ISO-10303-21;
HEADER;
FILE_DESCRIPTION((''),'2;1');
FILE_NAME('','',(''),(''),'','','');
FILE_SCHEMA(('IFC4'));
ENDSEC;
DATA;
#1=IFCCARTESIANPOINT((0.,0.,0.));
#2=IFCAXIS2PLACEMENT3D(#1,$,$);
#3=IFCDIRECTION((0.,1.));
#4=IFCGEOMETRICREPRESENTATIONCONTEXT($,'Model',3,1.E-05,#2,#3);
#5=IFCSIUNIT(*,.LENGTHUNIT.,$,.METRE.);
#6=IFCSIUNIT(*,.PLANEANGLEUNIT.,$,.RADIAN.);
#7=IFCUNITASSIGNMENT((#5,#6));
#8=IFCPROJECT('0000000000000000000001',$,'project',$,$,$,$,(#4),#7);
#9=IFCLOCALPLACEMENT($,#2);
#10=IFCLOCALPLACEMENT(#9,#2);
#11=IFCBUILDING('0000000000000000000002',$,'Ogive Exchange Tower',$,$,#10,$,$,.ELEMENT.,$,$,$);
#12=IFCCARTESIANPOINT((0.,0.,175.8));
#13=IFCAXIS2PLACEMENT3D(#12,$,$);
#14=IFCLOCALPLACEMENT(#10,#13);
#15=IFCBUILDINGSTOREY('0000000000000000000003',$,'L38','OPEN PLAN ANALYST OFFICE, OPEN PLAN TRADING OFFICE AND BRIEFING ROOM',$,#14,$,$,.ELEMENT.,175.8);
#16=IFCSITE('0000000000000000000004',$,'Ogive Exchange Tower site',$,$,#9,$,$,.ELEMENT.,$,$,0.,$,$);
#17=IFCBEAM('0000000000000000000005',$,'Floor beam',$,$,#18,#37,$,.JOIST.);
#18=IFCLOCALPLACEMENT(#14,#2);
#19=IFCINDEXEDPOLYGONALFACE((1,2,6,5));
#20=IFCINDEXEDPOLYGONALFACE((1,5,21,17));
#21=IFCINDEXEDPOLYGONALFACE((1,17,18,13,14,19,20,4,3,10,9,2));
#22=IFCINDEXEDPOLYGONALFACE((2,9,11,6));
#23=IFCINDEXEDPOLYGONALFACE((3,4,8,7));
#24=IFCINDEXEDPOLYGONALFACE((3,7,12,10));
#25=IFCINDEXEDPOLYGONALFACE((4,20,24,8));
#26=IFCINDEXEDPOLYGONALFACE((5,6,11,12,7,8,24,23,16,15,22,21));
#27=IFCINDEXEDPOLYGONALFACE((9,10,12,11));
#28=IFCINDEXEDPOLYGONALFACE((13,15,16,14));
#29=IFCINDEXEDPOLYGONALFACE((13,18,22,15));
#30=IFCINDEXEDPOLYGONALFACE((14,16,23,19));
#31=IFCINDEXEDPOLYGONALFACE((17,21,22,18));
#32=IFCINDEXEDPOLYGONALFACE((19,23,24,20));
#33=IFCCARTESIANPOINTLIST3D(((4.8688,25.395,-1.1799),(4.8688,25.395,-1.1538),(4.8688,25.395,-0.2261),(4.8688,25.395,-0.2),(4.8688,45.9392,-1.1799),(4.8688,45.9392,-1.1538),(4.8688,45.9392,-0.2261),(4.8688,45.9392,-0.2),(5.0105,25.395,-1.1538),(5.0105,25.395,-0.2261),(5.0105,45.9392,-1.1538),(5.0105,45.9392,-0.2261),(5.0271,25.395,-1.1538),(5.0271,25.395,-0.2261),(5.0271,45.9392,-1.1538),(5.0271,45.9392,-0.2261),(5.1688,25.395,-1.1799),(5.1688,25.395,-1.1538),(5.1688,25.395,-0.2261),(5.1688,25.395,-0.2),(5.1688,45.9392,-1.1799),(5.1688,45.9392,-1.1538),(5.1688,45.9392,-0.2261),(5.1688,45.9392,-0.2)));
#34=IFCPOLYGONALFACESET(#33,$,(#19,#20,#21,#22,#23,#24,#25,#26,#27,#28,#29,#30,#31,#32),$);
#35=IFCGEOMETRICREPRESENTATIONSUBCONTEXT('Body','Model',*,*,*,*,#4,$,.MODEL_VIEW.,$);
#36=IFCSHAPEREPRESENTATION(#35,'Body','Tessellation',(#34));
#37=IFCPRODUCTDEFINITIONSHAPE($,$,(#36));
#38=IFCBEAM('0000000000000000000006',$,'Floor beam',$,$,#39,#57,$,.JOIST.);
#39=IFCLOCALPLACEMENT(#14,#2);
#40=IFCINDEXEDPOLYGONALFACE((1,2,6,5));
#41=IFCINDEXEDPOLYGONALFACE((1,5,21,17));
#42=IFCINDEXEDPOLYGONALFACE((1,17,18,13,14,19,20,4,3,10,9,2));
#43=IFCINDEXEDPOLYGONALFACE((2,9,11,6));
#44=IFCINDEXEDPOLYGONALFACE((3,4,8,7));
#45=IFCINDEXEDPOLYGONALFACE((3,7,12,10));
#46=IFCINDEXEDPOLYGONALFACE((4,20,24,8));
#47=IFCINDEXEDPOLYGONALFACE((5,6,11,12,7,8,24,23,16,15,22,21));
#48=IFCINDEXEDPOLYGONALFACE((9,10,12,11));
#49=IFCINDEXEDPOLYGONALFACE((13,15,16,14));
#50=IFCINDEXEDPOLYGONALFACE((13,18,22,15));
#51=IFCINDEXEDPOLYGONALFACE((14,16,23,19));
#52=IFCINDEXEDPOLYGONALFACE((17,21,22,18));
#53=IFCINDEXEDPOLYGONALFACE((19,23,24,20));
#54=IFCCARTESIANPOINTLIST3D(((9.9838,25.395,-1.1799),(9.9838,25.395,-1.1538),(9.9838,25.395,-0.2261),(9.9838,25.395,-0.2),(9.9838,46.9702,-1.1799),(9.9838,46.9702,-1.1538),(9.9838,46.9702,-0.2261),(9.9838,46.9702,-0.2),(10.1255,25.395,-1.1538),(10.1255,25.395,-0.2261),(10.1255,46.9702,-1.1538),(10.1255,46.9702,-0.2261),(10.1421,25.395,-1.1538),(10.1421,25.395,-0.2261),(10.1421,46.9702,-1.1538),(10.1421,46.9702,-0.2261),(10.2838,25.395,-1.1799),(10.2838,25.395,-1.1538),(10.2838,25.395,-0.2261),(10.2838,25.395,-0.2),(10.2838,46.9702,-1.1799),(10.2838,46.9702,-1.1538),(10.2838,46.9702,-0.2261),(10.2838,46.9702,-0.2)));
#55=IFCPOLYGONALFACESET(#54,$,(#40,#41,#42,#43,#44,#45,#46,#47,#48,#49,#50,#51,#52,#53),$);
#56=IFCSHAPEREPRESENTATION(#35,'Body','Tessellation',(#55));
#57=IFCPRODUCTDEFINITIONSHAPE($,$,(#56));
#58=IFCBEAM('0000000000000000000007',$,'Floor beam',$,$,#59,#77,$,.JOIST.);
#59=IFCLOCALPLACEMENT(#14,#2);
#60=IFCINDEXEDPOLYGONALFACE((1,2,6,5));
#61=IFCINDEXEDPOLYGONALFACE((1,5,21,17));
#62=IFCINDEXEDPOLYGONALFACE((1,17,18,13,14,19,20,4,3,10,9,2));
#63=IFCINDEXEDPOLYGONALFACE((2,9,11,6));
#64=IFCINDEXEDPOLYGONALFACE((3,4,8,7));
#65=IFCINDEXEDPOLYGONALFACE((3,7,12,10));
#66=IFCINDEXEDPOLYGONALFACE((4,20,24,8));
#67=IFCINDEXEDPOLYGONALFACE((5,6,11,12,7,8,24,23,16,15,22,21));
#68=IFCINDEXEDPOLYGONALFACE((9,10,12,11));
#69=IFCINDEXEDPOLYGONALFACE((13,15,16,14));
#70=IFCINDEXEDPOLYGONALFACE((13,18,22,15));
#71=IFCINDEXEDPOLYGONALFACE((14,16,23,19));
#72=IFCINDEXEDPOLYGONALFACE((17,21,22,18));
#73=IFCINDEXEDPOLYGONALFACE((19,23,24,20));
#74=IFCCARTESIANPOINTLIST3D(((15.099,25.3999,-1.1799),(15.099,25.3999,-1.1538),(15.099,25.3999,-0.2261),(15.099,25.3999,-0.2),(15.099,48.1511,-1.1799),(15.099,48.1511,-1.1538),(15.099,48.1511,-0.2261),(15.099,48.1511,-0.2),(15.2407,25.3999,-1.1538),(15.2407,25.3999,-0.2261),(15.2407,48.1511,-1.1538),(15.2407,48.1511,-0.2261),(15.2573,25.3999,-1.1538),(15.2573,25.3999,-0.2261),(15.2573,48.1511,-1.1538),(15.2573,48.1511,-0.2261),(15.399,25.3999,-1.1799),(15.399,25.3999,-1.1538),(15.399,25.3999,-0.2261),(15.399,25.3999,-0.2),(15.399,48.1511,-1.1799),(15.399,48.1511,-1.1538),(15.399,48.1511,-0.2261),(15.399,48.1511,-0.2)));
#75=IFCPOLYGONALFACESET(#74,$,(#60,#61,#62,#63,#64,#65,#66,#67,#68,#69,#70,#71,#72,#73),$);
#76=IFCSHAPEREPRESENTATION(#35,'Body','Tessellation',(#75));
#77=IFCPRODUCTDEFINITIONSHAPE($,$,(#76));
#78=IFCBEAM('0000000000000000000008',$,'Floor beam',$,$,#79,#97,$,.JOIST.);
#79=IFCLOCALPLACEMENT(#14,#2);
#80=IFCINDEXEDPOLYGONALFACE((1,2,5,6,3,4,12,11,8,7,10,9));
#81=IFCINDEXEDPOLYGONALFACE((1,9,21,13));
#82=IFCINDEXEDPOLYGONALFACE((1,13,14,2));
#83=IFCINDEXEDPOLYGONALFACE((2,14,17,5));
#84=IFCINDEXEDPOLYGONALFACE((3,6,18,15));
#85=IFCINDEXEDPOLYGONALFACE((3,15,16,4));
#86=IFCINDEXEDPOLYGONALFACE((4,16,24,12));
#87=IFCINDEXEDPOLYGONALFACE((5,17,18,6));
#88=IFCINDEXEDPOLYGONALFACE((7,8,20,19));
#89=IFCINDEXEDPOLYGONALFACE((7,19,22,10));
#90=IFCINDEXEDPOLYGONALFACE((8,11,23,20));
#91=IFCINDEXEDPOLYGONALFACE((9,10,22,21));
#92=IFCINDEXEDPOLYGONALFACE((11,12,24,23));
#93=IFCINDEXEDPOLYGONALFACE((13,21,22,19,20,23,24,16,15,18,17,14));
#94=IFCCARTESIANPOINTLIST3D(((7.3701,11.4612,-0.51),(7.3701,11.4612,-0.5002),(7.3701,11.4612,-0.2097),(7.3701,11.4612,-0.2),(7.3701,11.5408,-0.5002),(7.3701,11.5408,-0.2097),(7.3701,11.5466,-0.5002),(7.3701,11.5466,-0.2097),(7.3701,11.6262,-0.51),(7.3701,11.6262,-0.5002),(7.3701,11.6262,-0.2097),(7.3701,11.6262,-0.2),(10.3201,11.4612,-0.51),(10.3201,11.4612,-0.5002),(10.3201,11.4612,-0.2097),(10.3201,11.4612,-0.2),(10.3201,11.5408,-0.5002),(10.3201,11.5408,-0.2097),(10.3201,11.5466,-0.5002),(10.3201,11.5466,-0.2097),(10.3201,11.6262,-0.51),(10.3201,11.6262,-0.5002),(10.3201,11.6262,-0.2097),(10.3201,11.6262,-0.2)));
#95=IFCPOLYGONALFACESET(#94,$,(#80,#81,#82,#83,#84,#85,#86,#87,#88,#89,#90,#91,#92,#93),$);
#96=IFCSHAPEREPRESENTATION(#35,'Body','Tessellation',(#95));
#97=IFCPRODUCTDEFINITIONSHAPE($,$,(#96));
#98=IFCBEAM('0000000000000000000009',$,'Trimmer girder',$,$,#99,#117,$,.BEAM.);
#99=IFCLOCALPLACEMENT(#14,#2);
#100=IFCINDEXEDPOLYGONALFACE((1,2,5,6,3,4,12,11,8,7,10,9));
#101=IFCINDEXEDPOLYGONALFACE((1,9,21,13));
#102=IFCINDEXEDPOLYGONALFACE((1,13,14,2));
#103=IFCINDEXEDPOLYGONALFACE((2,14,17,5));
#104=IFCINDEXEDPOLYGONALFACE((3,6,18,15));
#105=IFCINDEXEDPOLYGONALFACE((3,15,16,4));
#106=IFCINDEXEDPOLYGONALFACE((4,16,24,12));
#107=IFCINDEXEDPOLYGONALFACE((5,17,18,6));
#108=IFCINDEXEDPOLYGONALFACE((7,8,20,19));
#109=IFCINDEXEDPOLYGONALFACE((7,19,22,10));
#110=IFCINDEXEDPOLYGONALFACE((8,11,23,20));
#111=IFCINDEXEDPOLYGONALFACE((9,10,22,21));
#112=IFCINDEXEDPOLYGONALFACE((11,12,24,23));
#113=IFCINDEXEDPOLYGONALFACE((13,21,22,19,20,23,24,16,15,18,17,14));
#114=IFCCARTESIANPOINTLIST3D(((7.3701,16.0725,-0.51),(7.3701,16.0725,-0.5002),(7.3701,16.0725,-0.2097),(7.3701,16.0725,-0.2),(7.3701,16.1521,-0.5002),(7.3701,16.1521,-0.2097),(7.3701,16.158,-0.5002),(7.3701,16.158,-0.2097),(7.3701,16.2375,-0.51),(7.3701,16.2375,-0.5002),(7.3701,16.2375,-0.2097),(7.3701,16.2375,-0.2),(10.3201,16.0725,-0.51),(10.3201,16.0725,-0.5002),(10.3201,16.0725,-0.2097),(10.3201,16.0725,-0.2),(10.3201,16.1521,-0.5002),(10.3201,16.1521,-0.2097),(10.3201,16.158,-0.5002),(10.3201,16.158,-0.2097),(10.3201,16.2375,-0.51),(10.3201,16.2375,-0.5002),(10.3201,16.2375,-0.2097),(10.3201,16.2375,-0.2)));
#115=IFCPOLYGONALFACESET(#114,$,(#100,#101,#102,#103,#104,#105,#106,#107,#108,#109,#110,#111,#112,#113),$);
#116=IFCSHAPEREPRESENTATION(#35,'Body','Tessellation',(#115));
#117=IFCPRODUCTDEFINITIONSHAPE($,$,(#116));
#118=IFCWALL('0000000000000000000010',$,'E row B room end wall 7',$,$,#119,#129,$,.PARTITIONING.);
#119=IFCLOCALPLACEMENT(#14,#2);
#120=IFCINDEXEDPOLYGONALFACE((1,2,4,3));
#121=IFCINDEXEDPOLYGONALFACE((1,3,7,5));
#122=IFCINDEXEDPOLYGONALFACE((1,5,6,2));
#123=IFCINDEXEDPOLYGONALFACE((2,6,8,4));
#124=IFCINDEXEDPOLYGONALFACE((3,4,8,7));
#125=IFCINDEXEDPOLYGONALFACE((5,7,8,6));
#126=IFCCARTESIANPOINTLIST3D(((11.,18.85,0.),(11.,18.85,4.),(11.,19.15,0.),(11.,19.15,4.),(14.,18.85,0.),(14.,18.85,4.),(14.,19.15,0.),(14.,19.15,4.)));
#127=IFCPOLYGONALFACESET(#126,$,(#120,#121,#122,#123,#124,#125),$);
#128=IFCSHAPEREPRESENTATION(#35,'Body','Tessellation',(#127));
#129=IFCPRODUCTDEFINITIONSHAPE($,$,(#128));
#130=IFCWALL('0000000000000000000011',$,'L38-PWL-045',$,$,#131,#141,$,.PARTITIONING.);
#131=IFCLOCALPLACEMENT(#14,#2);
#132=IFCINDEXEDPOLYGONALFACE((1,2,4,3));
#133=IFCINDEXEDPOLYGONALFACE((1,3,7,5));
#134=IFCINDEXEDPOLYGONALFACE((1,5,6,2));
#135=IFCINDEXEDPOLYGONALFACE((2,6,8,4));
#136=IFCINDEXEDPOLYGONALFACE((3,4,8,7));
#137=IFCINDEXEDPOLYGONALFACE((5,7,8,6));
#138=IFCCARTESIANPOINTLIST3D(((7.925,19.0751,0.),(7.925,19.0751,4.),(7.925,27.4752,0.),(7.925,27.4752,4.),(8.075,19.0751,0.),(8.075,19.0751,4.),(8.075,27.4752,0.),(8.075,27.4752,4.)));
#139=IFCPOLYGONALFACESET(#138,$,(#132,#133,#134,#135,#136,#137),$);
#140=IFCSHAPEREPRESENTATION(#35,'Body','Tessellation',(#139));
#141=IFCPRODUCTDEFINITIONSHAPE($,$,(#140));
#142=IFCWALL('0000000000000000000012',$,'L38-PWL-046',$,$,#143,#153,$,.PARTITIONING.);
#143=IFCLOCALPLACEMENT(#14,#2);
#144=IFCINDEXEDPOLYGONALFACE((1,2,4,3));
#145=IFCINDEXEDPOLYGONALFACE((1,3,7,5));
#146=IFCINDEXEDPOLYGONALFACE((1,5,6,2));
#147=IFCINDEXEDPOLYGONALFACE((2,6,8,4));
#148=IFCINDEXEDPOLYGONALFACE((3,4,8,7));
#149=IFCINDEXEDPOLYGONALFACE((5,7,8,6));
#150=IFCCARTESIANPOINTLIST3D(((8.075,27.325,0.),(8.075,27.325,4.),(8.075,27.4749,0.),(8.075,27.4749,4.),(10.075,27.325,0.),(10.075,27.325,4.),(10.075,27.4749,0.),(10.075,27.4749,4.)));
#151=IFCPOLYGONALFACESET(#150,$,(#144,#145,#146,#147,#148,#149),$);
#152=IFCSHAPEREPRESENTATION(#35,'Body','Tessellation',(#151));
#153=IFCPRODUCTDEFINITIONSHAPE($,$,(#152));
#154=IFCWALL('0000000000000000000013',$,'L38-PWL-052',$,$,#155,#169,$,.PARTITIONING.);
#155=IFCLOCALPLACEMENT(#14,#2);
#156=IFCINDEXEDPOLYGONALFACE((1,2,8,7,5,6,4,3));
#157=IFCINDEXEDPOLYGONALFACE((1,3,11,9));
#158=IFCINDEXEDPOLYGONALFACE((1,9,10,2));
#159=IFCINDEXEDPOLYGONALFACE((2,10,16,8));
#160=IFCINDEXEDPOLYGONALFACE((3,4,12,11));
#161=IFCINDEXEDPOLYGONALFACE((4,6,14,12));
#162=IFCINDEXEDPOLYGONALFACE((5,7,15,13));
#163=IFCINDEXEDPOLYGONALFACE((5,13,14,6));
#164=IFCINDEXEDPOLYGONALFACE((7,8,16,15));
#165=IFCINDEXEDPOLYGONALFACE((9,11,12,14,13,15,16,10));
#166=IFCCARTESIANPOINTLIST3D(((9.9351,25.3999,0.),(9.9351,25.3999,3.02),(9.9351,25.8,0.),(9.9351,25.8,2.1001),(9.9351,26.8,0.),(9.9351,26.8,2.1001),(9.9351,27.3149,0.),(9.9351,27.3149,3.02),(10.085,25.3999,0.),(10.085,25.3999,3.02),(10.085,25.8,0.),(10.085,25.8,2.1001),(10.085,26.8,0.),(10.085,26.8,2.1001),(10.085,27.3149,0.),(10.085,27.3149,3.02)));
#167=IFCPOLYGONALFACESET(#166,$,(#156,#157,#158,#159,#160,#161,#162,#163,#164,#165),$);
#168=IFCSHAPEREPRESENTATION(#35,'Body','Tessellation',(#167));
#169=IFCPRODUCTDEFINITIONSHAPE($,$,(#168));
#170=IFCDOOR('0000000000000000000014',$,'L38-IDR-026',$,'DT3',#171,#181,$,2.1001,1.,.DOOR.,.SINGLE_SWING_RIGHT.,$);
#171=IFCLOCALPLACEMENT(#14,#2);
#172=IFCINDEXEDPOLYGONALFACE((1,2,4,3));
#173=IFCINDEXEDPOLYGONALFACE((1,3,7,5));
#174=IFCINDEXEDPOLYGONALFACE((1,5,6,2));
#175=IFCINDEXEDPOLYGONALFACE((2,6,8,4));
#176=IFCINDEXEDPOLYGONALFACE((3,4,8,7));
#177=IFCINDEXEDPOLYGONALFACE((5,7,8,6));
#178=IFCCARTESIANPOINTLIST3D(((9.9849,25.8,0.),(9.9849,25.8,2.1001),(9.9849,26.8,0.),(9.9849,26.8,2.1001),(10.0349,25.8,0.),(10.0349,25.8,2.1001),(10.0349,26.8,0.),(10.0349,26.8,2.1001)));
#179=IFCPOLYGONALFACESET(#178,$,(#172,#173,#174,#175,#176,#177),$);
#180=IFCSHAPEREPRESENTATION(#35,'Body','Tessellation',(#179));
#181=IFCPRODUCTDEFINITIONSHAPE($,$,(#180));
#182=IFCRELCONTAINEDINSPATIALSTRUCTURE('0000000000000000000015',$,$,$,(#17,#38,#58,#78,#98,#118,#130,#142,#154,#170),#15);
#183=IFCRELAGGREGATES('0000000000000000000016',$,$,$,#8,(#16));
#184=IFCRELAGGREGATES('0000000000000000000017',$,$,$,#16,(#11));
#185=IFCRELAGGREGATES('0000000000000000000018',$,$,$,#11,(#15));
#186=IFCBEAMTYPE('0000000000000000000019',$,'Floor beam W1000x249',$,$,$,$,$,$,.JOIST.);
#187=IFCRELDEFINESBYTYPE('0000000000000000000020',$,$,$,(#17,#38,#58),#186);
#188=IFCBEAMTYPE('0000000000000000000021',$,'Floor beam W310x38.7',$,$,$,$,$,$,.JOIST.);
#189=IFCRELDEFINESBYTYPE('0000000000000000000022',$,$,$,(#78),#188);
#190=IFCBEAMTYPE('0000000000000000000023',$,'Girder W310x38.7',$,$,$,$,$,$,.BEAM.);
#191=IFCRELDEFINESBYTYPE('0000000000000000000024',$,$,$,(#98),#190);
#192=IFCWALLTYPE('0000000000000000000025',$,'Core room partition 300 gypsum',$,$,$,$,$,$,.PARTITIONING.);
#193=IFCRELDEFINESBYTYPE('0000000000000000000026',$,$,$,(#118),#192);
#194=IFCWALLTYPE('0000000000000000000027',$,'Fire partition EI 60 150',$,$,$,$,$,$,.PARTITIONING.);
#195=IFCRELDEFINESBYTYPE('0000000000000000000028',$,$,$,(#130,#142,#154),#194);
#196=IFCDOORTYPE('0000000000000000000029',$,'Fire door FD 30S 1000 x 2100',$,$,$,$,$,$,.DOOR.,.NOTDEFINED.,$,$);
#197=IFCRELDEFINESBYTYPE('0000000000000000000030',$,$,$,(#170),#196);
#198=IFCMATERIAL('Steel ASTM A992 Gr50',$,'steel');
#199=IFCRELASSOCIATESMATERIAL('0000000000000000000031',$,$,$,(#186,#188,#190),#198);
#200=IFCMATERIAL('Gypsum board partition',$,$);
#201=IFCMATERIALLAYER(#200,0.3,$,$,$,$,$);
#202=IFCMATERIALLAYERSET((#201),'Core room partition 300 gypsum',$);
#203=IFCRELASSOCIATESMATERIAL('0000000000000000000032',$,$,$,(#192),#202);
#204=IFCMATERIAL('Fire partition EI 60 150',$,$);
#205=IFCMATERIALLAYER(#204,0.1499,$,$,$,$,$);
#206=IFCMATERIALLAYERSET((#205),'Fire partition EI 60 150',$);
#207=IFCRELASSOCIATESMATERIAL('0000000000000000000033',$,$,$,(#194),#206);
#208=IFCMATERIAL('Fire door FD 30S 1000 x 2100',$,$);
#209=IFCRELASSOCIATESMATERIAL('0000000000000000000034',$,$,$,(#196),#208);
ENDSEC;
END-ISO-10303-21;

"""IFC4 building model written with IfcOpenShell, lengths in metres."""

from ifc_helpers import new_model, si_unit, direction, frame, frame_2d, origin, origin_2d, place, context, subcontext, project, spatial, rectangle, i_section, extrude, material, layer, layer_set, material_profile, profile_set, type_object, element, fill, save


model = new_model("IFC4")

# Units and contexts
model_context = context("Model", 3, precision=1e-05, world=origin(), true_north=direction((0.0, 1.0)))
body_context = subcontext(model_context, "Body", "Model", "MODEL_VIEW")
ifc_project = project(units=[si_unit("LENGTHUNIT", "METRE"), si_unit("PLANEANGLEUNIT", "RADIAN")], contexts=[model_context])

# Site, building, storey
site_placement = place(None, origin())
site = spatial("IfcSite", under=ifc_project, at=site_placement, Name="Ogive Exchange Tower site", CompositionType="ELEMENT", RefElevation=0.0)
building_placement = place(site_placement, origin())
building = spatial("IfcBuilding", under=site, at=building_placement, Name="Ogive Exchange Tower", CompositionType="ELEMENT")
storey_placement = place(building_placement, frame((0.0, 0.0, 175.8)))
storey = spatial("IfcBuildingStorey", under=building, at=storey_placement, Name="L38", Description="OPEN PLAN ANALYST OFFICE, OPEN PLAN TRADING OFFICE AND BRIEFING ROOM", CompositionType="ELEMENT", Elevation=175.8)

# Beams
ifc_material_1 = material(Name="Steel ASTM A992 Gr50", Category="steel")
ifc_material_profile_1 = material_profile(ifc_material_1, i_section(OverallWidth=0.3, OverallDepth=0.98, WebThickness=0.0166, FlangeThickness=0.0261, at=origin_2d()), Name="W1000x249")
ifc_profile_set_1 = profile_set([ifc_material_profile_1], Name="Steel ASTM A992 Gr50")
beam_type_1 = type_object("IfcBeamType", Name="Floor beam W1000x249", PredefinedType="JOIST", material=ifc_profile_set_1)
beam_1_placement = place(storey_placement, frame((5.0188, 25.395, -0.6899), z_axis=(0.0, 1.0, 0.0), x_axis=(-1.0, 0.0, 0.0)))
element("IfcBeam", 1, at=beam_1_placement, inside=storey, type_object=beam_type_1, Name="Floor beam", PredefinedType="JOIST", context=body_context, shape_type="SweptSolid", body=[
    extrude(i_section(OverallWidth=0.3, OverallDepth=0.98, WebThickness=0.0166, FlangeThickness=0.0261, at=origin_2d()), origin(), (0.0, 0.0, 1.0), 20.5442),
])
beam_2_placement = place(storey_placement, frame((10.1338, 25.395, -0.6899), z_axis=(0.0, 1.0, 0.0), x_axis=(-1.0, 0.0, 0.0)))
element("IfcBeam", 2, at=beam_2_placement, inside=storey, type_object=beam_type_1, Name="Floor beam", PredefinedType="JOIST", context=body_context, shape_type="SweptSolid", body=[
    extrude(i_section(OverallWidth=0.3, OverallDepth=0.98, WebThickness=0.0166, FlangeThickness=0.0261, at=origin_2d()), origin(), (0.0, 0.0, 1.0), 21.5752),
])
beam_3_placement = place(storey_placement, frame((15.249, 25.3999, -0.6899), z_axis=(0.0, 1.0, 0.0), x_axis=(-1.0, 0.0, 0.0)))
element("IfcBeam", 3, at=beam_3_placement, inside=storey, type_object=beam_type_1, Name="Floor beam", PredefinedType="JOIST", context=body_context, shape_type="SweptSolid", body=[
    extrude(i_section(OverallWidth=0.3, OverallDepth=0.98, WebThickness=0.0166, FlangeThickness=0.0261, at=origin_2d()), origin(), (0.0, 0.0, 1.0), 22.7512),
])
ifc_material_profile_2 = material_profile(ifc_material_1, i_section(OverallWidth=0.165, OverallDepth=0.3101, WebThickness=0.0059, FlangeThickness=0.0098, at=origin_2d()), Name="W310x38.7")
ifc_profile_set_2 = profile_set([ifc_material_profile_2], Name="Steel ASTM A992 Gr50")
beam_type_2 = type_object("IfcBeamType", Name="Floor beam W310x38.7", PredefinedType="JOIST", material=ifc_profile_set_2)
beam_4_placement = place(storey_placement, frame((7.3701, 11.5437, -0.355), z_axis=(1.0, 0.0, 0.0), x_axis=(0.0, 1.0, 0.0)))
element("IfcBeam", 4, at=beam_4_placement, inside=storey, type_object=beam_type_2, Name="Floor beam", PredefinedType="JOIST", context=body_context, shape_type="SweptSolid", body=[
    extrude(i_section(OverallWidth=0.165, OverallDepth=0.3101, WebThickness=0.0059, FlangeThickness=0.0098, at=origin_2d()), origin(), (0.0, 0.0, 1.0), 2.95),
])
ifc_material_profile_3 = material_profile(ifc_material_1, i_section(OverallWidth=0.165, OverallDepth=0.3101, WebThickness=0.0059, FlangeThickness=0.0098, at=origin_2d()), Name="W310x38.7")
ifc_profile_set_3 = profile_set([ifc_material_profile_3], Name="Steel ASTM A992 Gr50")
beam_type_3 = type_object("IfcBeamType", Name="Girder W310x38.7", PredefinedType="BEAM", material=ifc_profile_set_3)
beam_5_placement = place(storey_placement, frame((7.3701, 16.155, -0.355), z_axis=(1.0, 0.0, 0.0), x_axis=(0.0, 1.0, 0.0)))
element("IfcBeam", 5, at=beam_5_placement, inside=storey, type_object=beam_type_3, Name="Trimmer girder", PredefinedType="BEAM", context=body_context, shape_type="SweptSolid", body=[
    extrude(i_section(OverallWidth=0.165, OverallDepth=0.3101, WebThickness=0.0059, FlangeThickness=0.0098, at=origin_2d()), origin(), (0.0, 0.0, 1.0), 2.95),
])

# Walls
ifc_material_2 = material(Name="Gypsum board partition")
ifc_layer_1 = layer(ifc_material_2, 0.3)
ifc_layer_set_1 = layer_set([ifc_layer_1], Name="Core room partition 300 gypsum")
wall_type_1 = type_object("IfcWallType", Name="Core room partition 300 gypsum", PredefinedType="PARTITIONING", material=ifc_layer_set_1)
wall_1_placement = place(storey_placement, frame((11.0, 19.0, 0.0), z_axis=(0.0, 0.0, 1.0), x_axis=(1.0, 0.0, 0.0)))
element("IfcWall", 6, at=wall_1_placement, inside=storey, type_object=wall_type_1, Name="E row B room end wall 7", PredefinedType="PARTITIONING", context=body_context, shape_type="SweptSolid", body=[
    extrude(rectangle(XDim=3.0, YDim=0.3, at=frame_2d((1.5, 0.0))), origin(), (0.0, 0.0, 1.0), 4.0),
])
ifc_material_3 = material(Name="Fire partition EI 60 150")
ifc_layer_2 = layer(ifc_material_3, 0.1499)
ifc_layer_set_2 = layer_set([ifc_layer_2], Name="Fire partition EI 60 150")
wall_type_2 = type_object("IfcWallType", Name="Fire partition EI 60 150", PredefinedType="PARTITIONING", material=ifc_layer_set_2)
wall_2_placement = place(storey_placement, frame((8.0, 19.075, 0.0), z_axis=(0.0, 0.0, 1.0), x_axis=(0.0, 1.0, 0.0)))
element("IfcWall", 7, at=wall_2_placement, inside=storey, type_object=wall_type_2, Name="L38-PWL-045", PredefinedType="PARTITIONING", context=body_context, shape_type="SweptSolid", body=[
    extrude(rectangle(XDim=8.4001, YDim=0.1499, at=frame_2d((4.2002, 0.0))), origin(), (0.0, 0.0, 1.0), 4.0),
])
wall_3_placement = place(storey_placement, frame((8.075, 27.3999, 0.0), z_axis=(0.0, 0.0, 1.0), x_axis=(1.0, 0.0, 0.0)))
element("IfcWall", 8, at=wall_3_placement, inside=storey, type_object=wall_type_2, Name="L38-PWL-046", PredefinedType="PARTITIONING", context=body_context, shape_type="SweptSolid", body=[
    extrude(rectangle(XDim=2.0, YDim=0.1499, at=frame_2d((1.0, 0.0))), origin(), (0.0, 0.0, 1.0), 4.0),
])

# Wall, opening, door
wall_4_placement = place(storey_placement, frame((10.01, 27.3149, 0.0), z_axis=(0.0, 0.0, 1.0), x_axis=(0.0, -1.0, 0.0)))
wall_4 = element("IfcWall", 9, at=wall_4_placement, inside=storey, type_object=wall_type_2, Name="L38-PWL-052", PredefinedType="PARTITIONING", context=body_context, shape_type="SweptSolid", body=[
    extrude(rectangle(XDim=1.915, YDim=0.1499, at=frame_2d((0.9575, 0.0))), origin(), (0.0, 0.0, 1.0), 3.02),
])
opening_1_placement = place(wall_4_placement, frame((0.5149, 0.0, 0.0)))
opening_1 = element("IfcOpeningElement", 10, at=opening_1_placement, cuts=wall_4, PredefinedType="OPENING", context=body_context, shape_type="SweptSolid", body=[
    extrude(rectangle(XDim=1.0, YDim=2.1001, at=frame_2d((0.5, 1.05))), frame((0.0, 0.085, 0.0), z_axis=(0.0, -1.0, 0.0), x_axis=(1.0, 0.0, 0.0)), (0.0, 0.0, 1.0), 0.1699),
])
ifc_material_4 = material(Name="Fire door FD 30S 1000 x 2100")
door_type_1 = type_object("IfcDoorType", Name="Fire door FD 30S 1000 x 2100", OperationType="NOTDEFINED", PredefinedType="DOOR", material=ifc_material_4)
door_1_placement = place(opening_1_placement, origin())
door_1 = element("IfcDoor", 11, at=door_1_placement, inside=storey, type_object=door_type_1, Name="L38-IDR-026", ObjectType="DT3", OperationType="SINGLE_SWING_RIGHT", OverallHeight=2.1001, OverallWidth=1.0, PredefinedType="DOOR", context=body_context, shape_type="SweptSolid", body=[
    extrude(rectangle(XDim=1.0, YDim=2.1001, at=frame_2d((0.5, 1.05))), frame((0.0, 0.0249, 0.0), z_axis=(0.0, -1.0, 0.0), x_axis=(1.0, 0.0, 0.0)), (0.0, 0.0, 1.0), 0.05),
])
fill(opening_1, door_1)

save(model, "model.ifc")
